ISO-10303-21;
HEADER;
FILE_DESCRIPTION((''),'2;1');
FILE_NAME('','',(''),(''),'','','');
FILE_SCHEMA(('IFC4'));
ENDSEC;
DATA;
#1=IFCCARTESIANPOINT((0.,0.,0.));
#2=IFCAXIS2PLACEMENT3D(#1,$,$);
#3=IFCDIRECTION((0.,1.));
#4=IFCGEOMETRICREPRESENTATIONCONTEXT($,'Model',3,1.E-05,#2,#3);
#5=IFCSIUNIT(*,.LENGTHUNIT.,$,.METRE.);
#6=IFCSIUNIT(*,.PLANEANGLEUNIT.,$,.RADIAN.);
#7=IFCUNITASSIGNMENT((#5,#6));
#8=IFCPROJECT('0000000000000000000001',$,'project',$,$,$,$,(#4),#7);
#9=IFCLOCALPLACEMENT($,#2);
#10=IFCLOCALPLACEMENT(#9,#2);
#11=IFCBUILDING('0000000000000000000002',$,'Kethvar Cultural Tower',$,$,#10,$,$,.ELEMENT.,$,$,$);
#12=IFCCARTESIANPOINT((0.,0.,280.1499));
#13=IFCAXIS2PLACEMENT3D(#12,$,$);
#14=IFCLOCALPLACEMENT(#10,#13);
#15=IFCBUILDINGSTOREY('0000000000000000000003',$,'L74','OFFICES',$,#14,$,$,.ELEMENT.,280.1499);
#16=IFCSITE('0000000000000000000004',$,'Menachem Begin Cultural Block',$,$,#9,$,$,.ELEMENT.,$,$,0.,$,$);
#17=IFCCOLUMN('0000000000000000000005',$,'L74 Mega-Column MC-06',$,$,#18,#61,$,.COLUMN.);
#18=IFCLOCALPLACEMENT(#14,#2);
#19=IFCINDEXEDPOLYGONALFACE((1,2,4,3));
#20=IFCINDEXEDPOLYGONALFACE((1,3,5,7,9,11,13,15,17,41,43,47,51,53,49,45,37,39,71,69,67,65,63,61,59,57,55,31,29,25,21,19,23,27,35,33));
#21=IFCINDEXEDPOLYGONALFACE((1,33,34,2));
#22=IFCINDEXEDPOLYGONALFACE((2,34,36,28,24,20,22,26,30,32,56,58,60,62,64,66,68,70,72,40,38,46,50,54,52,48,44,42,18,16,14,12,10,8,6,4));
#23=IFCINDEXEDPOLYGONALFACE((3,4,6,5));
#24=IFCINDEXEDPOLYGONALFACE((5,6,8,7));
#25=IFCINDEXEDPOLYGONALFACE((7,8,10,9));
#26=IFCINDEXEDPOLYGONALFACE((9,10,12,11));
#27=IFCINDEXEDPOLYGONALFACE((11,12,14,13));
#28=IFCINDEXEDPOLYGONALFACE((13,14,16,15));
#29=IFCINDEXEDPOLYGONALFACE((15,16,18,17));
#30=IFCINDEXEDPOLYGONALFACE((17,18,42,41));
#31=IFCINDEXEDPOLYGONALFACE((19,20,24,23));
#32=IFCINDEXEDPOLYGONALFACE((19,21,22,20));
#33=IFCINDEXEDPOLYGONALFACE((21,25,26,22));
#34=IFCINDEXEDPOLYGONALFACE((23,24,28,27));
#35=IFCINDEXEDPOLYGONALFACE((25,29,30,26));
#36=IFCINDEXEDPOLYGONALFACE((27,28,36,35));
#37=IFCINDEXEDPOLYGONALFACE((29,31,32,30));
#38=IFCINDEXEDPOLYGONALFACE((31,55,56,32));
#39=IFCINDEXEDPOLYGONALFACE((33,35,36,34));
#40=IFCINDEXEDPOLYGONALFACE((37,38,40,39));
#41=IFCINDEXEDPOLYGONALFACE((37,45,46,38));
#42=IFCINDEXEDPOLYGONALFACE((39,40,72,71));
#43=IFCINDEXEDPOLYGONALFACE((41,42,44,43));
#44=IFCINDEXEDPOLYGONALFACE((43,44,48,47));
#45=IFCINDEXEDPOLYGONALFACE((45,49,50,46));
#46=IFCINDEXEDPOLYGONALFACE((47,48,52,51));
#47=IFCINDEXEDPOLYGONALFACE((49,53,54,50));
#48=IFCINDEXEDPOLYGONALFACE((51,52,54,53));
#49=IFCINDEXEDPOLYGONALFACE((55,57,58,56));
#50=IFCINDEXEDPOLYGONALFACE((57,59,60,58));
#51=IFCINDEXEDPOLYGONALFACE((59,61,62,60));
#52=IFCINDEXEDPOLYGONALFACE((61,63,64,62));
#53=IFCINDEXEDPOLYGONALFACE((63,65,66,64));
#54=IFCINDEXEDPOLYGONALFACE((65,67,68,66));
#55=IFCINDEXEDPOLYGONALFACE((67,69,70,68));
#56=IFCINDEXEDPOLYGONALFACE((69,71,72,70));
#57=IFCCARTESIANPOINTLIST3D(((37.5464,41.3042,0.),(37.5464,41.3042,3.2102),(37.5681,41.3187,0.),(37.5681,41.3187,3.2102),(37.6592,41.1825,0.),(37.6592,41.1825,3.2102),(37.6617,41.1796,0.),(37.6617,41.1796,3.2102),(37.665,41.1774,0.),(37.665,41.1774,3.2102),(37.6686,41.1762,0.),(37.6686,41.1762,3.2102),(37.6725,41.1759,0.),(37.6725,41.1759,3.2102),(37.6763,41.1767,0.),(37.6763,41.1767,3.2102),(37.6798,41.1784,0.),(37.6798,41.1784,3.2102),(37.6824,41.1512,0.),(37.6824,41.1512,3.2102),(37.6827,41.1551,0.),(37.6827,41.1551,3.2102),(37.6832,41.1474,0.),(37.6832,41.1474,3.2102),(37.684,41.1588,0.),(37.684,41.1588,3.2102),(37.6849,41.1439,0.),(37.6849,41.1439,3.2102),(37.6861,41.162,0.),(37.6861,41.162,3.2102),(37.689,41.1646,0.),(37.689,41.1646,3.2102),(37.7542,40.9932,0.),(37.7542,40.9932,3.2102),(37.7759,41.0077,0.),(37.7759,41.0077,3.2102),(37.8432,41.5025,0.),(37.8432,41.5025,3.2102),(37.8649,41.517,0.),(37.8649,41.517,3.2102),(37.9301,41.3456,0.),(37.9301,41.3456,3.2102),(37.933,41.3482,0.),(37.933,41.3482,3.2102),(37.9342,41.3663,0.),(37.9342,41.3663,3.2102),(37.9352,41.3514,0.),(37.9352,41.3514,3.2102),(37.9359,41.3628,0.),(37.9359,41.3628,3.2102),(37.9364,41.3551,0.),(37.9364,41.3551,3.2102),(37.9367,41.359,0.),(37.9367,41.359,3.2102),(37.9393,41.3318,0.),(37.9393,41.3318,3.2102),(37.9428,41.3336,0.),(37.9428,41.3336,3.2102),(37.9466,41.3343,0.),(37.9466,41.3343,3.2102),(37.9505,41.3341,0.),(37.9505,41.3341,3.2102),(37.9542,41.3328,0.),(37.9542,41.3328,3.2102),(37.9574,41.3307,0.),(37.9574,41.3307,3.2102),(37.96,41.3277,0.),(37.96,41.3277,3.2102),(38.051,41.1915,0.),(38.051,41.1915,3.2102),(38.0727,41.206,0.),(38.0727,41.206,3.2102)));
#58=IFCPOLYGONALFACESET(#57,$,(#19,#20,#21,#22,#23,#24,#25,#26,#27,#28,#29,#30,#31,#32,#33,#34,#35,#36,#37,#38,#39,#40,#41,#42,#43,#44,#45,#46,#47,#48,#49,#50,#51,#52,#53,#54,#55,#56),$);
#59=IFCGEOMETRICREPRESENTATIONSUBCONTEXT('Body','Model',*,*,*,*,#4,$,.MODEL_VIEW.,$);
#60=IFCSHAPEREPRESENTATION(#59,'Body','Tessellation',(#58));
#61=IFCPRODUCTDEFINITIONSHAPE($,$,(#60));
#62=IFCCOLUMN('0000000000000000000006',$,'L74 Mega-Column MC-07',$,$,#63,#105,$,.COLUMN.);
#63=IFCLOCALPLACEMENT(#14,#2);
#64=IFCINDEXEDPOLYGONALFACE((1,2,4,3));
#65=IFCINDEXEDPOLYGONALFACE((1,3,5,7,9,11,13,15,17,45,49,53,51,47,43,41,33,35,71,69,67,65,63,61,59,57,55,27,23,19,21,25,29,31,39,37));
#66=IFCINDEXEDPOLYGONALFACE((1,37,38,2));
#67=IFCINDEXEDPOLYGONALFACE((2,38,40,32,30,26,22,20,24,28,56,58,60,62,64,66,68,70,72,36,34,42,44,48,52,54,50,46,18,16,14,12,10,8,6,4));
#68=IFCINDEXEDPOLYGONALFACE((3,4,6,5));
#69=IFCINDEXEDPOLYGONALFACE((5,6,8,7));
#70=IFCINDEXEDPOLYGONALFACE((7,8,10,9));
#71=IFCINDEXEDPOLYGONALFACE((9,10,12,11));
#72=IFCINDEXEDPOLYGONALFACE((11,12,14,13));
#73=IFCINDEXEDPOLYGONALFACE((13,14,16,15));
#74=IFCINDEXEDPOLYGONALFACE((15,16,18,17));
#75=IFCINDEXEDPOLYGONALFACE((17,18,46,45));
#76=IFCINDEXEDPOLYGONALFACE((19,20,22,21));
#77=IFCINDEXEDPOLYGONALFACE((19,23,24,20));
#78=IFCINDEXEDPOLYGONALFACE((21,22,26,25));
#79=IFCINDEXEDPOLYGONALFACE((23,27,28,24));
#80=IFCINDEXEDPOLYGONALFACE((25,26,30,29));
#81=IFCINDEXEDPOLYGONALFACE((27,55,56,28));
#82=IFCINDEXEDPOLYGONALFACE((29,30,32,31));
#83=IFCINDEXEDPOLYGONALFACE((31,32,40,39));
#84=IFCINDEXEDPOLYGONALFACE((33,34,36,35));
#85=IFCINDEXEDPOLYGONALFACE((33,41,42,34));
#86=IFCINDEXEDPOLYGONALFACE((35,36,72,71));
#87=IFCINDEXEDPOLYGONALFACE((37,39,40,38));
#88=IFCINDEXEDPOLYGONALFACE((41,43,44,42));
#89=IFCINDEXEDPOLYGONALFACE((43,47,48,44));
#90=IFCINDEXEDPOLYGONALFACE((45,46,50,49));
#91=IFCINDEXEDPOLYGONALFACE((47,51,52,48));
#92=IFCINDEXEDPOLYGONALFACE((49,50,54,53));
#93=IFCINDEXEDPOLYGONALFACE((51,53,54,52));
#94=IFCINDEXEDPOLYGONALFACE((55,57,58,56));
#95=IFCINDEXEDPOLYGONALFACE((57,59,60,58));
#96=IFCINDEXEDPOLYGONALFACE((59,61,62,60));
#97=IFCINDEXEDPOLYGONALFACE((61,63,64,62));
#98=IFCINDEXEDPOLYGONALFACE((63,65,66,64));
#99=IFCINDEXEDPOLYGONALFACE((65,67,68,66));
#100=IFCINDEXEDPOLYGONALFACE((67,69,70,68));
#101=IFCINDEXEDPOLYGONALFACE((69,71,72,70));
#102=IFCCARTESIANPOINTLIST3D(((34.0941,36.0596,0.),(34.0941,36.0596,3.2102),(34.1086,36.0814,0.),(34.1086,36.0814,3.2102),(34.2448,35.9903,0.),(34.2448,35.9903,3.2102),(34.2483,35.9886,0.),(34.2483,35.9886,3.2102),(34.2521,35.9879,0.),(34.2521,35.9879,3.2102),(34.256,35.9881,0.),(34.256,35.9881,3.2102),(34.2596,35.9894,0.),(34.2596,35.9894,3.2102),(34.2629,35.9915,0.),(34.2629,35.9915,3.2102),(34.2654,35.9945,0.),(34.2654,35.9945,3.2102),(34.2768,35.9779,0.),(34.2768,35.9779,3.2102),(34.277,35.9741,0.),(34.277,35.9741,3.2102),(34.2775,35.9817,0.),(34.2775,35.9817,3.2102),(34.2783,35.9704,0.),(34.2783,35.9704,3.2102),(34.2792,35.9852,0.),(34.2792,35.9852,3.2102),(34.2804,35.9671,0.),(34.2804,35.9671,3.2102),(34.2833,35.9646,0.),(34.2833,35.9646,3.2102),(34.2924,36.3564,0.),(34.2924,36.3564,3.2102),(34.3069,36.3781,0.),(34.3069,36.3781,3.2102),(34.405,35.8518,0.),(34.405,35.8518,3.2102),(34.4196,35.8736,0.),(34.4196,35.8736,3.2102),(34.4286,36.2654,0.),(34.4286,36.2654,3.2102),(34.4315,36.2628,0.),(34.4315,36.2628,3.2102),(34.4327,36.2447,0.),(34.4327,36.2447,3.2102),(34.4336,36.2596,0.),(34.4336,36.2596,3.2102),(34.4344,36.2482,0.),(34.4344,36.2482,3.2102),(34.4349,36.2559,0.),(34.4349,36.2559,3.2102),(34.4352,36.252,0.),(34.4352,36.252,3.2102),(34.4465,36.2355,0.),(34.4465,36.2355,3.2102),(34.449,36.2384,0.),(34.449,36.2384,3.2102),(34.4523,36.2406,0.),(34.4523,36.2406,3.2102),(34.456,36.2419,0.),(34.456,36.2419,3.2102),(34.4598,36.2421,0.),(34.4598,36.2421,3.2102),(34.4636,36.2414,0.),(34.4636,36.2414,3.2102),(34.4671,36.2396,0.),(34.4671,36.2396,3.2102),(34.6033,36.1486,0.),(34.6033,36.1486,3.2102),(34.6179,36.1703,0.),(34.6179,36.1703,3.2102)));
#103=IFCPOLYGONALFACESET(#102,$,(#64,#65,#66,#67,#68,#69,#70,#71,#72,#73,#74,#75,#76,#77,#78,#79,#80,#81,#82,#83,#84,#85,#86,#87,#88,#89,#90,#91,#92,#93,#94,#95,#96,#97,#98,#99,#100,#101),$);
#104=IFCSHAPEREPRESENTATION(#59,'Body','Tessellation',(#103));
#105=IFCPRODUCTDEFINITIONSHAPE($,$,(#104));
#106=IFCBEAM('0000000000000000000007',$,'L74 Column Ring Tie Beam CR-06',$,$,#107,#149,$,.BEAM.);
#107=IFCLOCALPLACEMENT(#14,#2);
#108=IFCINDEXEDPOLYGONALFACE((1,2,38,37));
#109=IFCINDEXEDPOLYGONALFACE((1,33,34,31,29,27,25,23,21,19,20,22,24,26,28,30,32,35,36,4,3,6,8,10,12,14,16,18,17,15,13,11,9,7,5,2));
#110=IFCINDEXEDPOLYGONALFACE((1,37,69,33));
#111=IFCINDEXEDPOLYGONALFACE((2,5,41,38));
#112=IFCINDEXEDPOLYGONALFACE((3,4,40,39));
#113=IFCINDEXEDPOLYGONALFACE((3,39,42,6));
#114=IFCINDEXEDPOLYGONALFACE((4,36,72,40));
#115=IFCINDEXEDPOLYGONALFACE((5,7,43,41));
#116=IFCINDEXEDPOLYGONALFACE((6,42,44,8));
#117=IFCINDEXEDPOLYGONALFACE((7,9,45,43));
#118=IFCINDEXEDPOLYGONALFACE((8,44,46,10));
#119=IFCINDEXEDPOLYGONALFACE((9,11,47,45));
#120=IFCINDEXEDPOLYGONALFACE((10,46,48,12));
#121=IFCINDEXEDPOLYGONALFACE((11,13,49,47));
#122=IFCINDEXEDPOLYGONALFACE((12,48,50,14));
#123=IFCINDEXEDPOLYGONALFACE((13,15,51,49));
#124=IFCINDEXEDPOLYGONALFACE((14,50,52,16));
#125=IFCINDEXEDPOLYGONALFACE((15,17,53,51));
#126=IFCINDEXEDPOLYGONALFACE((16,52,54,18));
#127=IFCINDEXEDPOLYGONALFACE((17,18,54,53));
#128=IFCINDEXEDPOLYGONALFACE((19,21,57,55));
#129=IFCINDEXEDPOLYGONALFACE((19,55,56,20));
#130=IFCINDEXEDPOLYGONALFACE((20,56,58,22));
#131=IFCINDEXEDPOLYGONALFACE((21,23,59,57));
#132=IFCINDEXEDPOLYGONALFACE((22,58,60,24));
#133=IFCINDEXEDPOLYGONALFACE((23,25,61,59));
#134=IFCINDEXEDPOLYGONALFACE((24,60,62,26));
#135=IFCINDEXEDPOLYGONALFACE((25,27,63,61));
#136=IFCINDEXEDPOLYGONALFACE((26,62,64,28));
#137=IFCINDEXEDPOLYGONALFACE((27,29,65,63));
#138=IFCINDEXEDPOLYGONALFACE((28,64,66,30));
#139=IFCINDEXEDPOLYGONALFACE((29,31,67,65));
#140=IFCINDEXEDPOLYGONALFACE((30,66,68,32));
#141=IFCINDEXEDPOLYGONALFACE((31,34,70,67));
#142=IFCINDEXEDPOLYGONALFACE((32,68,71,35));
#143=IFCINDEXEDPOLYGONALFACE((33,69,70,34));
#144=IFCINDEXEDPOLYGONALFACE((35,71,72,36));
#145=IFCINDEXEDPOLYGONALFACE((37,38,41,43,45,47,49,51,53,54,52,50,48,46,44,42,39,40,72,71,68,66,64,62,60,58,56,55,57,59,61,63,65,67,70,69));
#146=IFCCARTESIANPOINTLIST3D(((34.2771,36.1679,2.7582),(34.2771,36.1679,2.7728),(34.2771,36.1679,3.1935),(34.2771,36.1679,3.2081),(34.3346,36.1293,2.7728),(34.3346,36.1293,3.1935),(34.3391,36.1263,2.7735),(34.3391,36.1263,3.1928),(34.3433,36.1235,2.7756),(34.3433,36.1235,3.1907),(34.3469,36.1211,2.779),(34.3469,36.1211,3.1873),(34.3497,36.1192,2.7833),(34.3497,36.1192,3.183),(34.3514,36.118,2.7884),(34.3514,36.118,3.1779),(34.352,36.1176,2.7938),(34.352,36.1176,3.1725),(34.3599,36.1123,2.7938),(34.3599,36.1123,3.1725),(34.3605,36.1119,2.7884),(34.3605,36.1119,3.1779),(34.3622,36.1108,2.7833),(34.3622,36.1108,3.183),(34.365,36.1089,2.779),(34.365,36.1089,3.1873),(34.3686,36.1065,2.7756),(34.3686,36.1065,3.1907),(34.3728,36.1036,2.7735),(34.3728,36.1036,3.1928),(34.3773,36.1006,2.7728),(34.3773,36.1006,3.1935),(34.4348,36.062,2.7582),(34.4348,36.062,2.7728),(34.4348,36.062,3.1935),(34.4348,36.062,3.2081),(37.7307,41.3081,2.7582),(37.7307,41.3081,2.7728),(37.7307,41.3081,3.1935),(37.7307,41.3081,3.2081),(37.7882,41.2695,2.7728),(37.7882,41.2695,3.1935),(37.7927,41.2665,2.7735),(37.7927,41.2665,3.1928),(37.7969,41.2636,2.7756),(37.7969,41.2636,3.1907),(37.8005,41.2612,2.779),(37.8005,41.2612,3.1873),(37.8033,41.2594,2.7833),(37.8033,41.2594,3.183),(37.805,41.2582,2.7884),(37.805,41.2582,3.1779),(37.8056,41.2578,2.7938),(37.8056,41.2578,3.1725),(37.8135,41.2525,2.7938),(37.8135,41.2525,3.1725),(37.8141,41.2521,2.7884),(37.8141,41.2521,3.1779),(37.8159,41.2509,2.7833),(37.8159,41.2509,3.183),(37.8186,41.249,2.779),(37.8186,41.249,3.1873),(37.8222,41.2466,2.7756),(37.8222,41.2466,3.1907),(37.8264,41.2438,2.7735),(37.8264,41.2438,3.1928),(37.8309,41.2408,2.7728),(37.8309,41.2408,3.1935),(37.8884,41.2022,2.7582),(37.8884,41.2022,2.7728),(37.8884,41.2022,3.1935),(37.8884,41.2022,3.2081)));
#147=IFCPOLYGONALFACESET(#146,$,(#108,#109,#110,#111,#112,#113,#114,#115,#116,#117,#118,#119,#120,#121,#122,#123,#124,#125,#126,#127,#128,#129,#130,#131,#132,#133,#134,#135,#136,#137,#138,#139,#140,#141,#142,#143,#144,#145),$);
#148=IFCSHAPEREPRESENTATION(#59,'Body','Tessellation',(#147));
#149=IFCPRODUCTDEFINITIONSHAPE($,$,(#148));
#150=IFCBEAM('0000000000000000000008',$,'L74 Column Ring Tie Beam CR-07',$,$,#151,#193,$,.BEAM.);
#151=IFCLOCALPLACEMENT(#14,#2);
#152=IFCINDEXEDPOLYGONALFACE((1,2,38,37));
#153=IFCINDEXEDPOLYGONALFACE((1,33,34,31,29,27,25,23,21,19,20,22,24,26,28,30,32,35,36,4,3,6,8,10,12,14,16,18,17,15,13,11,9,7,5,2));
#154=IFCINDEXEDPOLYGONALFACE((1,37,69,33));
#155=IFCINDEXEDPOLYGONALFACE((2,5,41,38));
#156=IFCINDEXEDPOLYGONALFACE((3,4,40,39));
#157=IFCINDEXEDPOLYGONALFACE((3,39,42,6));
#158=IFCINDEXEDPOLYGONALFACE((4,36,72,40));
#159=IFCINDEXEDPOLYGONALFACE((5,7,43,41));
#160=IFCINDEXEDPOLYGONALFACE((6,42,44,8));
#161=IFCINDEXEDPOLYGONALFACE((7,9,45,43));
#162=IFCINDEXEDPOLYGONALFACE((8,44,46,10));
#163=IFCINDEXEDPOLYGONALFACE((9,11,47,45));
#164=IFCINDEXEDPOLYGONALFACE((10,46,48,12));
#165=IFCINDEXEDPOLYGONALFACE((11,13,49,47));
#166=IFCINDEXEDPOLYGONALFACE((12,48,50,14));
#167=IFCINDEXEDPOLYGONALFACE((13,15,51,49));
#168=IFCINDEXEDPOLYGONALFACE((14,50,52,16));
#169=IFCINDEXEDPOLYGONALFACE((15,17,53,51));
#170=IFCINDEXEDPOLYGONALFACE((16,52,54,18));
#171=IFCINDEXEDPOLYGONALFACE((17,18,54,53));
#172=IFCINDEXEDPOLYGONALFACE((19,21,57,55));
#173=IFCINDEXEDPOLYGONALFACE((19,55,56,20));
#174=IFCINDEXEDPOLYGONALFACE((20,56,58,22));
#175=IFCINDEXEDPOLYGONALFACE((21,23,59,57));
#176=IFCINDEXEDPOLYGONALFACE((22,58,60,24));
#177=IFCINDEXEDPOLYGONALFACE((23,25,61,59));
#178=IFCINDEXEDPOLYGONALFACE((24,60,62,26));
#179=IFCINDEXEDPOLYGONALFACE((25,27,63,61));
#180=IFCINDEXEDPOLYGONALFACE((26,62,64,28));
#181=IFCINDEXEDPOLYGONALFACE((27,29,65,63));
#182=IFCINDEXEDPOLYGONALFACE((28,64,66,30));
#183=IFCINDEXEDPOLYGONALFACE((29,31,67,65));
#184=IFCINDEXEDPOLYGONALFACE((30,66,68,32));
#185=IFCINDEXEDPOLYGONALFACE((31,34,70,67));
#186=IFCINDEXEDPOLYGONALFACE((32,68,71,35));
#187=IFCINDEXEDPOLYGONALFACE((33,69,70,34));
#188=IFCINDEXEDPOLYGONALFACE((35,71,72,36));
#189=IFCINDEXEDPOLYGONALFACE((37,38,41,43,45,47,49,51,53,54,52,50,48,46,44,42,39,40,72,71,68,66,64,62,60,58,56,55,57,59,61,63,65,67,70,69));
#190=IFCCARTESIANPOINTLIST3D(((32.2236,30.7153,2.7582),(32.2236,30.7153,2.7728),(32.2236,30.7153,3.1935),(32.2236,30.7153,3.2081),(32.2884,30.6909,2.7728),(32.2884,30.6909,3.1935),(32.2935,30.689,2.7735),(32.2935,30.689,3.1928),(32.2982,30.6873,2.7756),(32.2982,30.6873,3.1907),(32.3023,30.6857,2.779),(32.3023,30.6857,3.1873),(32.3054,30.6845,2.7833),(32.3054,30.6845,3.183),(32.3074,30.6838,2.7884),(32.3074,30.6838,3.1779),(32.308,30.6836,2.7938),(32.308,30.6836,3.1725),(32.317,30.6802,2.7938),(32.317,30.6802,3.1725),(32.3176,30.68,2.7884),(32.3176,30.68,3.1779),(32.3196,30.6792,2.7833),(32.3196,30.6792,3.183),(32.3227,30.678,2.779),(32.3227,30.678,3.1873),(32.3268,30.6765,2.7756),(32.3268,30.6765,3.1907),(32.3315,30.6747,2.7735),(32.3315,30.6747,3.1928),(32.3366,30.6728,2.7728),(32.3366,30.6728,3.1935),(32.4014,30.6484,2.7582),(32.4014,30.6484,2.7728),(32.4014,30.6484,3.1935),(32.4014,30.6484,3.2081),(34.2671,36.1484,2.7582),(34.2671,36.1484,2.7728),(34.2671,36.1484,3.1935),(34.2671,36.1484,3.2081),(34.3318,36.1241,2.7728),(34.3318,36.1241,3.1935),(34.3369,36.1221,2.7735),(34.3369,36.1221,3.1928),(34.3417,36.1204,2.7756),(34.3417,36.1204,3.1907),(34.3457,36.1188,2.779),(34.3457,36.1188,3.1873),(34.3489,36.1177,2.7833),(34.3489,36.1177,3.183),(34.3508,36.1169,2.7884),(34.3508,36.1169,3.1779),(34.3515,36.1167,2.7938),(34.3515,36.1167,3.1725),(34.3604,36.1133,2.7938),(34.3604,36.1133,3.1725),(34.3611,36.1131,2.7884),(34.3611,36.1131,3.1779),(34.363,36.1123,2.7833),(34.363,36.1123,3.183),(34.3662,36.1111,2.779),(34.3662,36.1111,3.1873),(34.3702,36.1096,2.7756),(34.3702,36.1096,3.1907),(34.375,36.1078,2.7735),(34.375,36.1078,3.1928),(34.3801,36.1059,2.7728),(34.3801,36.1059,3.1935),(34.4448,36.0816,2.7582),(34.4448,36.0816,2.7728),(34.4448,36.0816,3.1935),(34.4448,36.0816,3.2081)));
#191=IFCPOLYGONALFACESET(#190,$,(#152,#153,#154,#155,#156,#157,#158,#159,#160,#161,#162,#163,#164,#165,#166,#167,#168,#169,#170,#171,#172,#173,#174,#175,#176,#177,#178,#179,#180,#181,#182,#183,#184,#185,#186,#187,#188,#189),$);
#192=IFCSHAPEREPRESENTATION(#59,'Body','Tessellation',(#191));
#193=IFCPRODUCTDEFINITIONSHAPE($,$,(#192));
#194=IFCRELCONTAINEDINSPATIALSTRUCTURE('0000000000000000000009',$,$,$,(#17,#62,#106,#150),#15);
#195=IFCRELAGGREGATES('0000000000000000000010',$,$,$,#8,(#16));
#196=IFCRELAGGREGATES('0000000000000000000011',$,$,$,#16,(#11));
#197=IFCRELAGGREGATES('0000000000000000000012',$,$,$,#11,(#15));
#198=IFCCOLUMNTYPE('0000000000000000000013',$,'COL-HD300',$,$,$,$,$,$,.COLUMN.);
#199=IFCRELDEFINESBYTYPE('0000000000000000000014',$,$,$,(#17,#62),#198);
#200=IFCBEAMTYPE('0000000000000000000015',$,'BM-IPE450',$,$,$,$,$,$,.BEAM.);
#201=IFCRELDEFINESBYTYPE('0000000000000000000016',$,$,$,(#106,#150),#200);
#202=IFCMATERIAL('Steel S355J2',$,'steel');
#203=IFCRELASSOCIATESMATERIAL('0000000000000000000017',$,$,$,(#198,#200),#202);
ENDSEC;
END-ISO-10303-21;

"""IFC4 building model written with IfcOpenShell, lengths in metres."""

from ifc_helpers import new_model, si_unit, direction, frame, origin, origin_2d, place, context, subcontext, project, spatial, i_section, extrude, source, transform, mapped, material, material_profile, profile_set, type_object, element, save


model = new_model("IFC4")

# Units and contexts
model_context = context("Model", 3, precision=1e-05, world=origin(), true_north=direction((0.0, 1.0)))
body_context = subcontext(model_context, "Body", "Model", "MODEL_VIEW")
ifc_project = project(units=[si_unit("LENGTHUNIT", "METRE"), si_unit("PLANEANGLEUNIT", "RADIAN")], contexts=[model_context])

# Site, building, storey
site_placement = place(None, origin())
site = spatial("IfcSite", under=ifc_project, at=site_placement, Name="Menachem Begin Cultural Block", CompositionType="ELEMENT", RefElevation=0.0)
building_placement = place(site_placement, origin())
building = spatial("IfcBuilding", under=site, at=building_placement, Name="Kethvar Cultural Tower", CompositionType="ELEMENT")
storey_placement = place(building_placement, frame((0.0, 0.0, 280.1499)))
storey = spatial("IfcBuildingStorey", under=building, at=storey_placement, Name="L74", Description="OFFICES", CompositionType="ELEMENT", Elevation=280.1499)

# Columns
ifc_material_1 = material(Name="Steel S355J2", Category="steel")
ifc_material_profile_1 = material_profile(ifc_material_1, i_section(OverallWidth=0.374, OverallDepth=0.3831, WebThickness=0.0166, FlangeThickness=0.0261, FilletRadius=0.0149, at=origin_2d()), Name="Steel S355J2 — HD360x300")
ifc_profile_set_1 = profile_set([ifc_material_profile_1], Name="Steel S355J2 — HD360x300")
column_type = type_object("IfcColumnType", Name="COL-HD300", PredefinedType="COLUMN", material=ifc_profile_set_1)
shared_shape_1 = source(origin(), body_context, "Body", "SweptSolid", [
    extrude(i_section(OverallWidth=0.374, OverallDepth=0.3831, WebThickness=0.0166, FlangeThickness=0.0261, FilletRadius=0.0149, at=origin_2d()), origin(), (0.0, 0.0, 1.0), 3.2102),
])
for number, where, z_axis, x_axis, name in (
    (1, (37.8096, 41.2551, 0.0), (0.0, 0.0, 1.0), (-0.55557, 0.83147, 0.0), "L74 Mega-Column MC-06"),
    (2, (34.356, 36.115, 0.0), (0.0, 0.0, 1.0), (-0.83147, 0.55557, 0.0), "L74 Mega-Column MC-07"),
):
    element("IfcColumn", number, at=place(storey_placement, frame(where, z_axis=z_axis, x_axis=x_axis)), inside=storey, type_object=column_type, Name=name, PredefinedType="COLUMN", context=body_context, shape_type="MappedRepresentation", body=[
        mapped(shared_shape_1, transform((0.0, 0.0, 0.0), scale=1.0)),
    ])

# Beams
ifc_material_profile_2 = material_profile(ifc_material_1, i_section(OverallWidth=0.1899, OverallDepth=0.45, WebThickness=0.0095, FlangeThickness=0.0146, FilletRadius=0.021, at=origin_2d()), Name="Steel S355J2 — IPE450")
ifc_profile_set_2 = profile_set([ifc_material_profile_2], Name="Steel S355J2 — IPE450")
beam_type_1 = type_object("IfcBeamType", Name="BM-IPE450", PredefinedType="BEAM", material=ifc_profile_set_2)
shared_shape_2 = source(origin(), body_context, "Body", "SweptSolid", [
    extrude(i_section(OverallWidth=0.1899, OverallDepth=0.45, WebThickness=0.0095, FlangeThickness=0.0146, FilletRadius=0.021, at=origin_2d()), origin(), (0.0, 0.0, 1.0), 6.1926),
])
beam_1_placement = place(storey_placement, frame((37.8096, 41.2551, 2.9832), z_axis=(-0.557699, -0.830043, 0.0), x_axis=(0.830043, -0.557699, 0.0)))
element("IfcBeam", 3, at=beam_1_placement, inside=storey, type_object=beam_type_1, Name="L74 Column Ring Tie Beam CR-06", PredefinedType="BEAM", context=body_context, shape_type="MappedRepresentation", body=[
    mapped(shared_shape_2, transform((0.0, 0.0, 0.0), scale=1.0)),
])
shared_shape_3 = source(origin(), body_context, "Body", "SweptSolid", [
    extrude(i_section(OverallWidth=0.1899, OverallDepth=0.45, WebThickness=0.0095, FlangeThickness=0.0146, FilletRadius=0.021, at=origin_2d()), origin(), (0.0, 0.0, 1.0), 5.8047),
])
beam_2_placement = place(storey_placement, frame((34.356, 36.115, 2.9832), z_axis=(-0.352036, -0.935986, 0.0), x_axis=(0.935986, -0.352036, 0.0)))
element("IfcBeam", 4, at=beam_2_placement, inside=storey, type_object=beam_type_1, Name="L74 Column Ring Tie Beam CR-07", PredefinedType="BEAM", context=body_context, shape_type="MappedRepresentation", body=[
    mapped(shared_shape_3, transform((0.0, 0.0, 0.0), scale=1.0)),
])

save(model, "model.ifc")
